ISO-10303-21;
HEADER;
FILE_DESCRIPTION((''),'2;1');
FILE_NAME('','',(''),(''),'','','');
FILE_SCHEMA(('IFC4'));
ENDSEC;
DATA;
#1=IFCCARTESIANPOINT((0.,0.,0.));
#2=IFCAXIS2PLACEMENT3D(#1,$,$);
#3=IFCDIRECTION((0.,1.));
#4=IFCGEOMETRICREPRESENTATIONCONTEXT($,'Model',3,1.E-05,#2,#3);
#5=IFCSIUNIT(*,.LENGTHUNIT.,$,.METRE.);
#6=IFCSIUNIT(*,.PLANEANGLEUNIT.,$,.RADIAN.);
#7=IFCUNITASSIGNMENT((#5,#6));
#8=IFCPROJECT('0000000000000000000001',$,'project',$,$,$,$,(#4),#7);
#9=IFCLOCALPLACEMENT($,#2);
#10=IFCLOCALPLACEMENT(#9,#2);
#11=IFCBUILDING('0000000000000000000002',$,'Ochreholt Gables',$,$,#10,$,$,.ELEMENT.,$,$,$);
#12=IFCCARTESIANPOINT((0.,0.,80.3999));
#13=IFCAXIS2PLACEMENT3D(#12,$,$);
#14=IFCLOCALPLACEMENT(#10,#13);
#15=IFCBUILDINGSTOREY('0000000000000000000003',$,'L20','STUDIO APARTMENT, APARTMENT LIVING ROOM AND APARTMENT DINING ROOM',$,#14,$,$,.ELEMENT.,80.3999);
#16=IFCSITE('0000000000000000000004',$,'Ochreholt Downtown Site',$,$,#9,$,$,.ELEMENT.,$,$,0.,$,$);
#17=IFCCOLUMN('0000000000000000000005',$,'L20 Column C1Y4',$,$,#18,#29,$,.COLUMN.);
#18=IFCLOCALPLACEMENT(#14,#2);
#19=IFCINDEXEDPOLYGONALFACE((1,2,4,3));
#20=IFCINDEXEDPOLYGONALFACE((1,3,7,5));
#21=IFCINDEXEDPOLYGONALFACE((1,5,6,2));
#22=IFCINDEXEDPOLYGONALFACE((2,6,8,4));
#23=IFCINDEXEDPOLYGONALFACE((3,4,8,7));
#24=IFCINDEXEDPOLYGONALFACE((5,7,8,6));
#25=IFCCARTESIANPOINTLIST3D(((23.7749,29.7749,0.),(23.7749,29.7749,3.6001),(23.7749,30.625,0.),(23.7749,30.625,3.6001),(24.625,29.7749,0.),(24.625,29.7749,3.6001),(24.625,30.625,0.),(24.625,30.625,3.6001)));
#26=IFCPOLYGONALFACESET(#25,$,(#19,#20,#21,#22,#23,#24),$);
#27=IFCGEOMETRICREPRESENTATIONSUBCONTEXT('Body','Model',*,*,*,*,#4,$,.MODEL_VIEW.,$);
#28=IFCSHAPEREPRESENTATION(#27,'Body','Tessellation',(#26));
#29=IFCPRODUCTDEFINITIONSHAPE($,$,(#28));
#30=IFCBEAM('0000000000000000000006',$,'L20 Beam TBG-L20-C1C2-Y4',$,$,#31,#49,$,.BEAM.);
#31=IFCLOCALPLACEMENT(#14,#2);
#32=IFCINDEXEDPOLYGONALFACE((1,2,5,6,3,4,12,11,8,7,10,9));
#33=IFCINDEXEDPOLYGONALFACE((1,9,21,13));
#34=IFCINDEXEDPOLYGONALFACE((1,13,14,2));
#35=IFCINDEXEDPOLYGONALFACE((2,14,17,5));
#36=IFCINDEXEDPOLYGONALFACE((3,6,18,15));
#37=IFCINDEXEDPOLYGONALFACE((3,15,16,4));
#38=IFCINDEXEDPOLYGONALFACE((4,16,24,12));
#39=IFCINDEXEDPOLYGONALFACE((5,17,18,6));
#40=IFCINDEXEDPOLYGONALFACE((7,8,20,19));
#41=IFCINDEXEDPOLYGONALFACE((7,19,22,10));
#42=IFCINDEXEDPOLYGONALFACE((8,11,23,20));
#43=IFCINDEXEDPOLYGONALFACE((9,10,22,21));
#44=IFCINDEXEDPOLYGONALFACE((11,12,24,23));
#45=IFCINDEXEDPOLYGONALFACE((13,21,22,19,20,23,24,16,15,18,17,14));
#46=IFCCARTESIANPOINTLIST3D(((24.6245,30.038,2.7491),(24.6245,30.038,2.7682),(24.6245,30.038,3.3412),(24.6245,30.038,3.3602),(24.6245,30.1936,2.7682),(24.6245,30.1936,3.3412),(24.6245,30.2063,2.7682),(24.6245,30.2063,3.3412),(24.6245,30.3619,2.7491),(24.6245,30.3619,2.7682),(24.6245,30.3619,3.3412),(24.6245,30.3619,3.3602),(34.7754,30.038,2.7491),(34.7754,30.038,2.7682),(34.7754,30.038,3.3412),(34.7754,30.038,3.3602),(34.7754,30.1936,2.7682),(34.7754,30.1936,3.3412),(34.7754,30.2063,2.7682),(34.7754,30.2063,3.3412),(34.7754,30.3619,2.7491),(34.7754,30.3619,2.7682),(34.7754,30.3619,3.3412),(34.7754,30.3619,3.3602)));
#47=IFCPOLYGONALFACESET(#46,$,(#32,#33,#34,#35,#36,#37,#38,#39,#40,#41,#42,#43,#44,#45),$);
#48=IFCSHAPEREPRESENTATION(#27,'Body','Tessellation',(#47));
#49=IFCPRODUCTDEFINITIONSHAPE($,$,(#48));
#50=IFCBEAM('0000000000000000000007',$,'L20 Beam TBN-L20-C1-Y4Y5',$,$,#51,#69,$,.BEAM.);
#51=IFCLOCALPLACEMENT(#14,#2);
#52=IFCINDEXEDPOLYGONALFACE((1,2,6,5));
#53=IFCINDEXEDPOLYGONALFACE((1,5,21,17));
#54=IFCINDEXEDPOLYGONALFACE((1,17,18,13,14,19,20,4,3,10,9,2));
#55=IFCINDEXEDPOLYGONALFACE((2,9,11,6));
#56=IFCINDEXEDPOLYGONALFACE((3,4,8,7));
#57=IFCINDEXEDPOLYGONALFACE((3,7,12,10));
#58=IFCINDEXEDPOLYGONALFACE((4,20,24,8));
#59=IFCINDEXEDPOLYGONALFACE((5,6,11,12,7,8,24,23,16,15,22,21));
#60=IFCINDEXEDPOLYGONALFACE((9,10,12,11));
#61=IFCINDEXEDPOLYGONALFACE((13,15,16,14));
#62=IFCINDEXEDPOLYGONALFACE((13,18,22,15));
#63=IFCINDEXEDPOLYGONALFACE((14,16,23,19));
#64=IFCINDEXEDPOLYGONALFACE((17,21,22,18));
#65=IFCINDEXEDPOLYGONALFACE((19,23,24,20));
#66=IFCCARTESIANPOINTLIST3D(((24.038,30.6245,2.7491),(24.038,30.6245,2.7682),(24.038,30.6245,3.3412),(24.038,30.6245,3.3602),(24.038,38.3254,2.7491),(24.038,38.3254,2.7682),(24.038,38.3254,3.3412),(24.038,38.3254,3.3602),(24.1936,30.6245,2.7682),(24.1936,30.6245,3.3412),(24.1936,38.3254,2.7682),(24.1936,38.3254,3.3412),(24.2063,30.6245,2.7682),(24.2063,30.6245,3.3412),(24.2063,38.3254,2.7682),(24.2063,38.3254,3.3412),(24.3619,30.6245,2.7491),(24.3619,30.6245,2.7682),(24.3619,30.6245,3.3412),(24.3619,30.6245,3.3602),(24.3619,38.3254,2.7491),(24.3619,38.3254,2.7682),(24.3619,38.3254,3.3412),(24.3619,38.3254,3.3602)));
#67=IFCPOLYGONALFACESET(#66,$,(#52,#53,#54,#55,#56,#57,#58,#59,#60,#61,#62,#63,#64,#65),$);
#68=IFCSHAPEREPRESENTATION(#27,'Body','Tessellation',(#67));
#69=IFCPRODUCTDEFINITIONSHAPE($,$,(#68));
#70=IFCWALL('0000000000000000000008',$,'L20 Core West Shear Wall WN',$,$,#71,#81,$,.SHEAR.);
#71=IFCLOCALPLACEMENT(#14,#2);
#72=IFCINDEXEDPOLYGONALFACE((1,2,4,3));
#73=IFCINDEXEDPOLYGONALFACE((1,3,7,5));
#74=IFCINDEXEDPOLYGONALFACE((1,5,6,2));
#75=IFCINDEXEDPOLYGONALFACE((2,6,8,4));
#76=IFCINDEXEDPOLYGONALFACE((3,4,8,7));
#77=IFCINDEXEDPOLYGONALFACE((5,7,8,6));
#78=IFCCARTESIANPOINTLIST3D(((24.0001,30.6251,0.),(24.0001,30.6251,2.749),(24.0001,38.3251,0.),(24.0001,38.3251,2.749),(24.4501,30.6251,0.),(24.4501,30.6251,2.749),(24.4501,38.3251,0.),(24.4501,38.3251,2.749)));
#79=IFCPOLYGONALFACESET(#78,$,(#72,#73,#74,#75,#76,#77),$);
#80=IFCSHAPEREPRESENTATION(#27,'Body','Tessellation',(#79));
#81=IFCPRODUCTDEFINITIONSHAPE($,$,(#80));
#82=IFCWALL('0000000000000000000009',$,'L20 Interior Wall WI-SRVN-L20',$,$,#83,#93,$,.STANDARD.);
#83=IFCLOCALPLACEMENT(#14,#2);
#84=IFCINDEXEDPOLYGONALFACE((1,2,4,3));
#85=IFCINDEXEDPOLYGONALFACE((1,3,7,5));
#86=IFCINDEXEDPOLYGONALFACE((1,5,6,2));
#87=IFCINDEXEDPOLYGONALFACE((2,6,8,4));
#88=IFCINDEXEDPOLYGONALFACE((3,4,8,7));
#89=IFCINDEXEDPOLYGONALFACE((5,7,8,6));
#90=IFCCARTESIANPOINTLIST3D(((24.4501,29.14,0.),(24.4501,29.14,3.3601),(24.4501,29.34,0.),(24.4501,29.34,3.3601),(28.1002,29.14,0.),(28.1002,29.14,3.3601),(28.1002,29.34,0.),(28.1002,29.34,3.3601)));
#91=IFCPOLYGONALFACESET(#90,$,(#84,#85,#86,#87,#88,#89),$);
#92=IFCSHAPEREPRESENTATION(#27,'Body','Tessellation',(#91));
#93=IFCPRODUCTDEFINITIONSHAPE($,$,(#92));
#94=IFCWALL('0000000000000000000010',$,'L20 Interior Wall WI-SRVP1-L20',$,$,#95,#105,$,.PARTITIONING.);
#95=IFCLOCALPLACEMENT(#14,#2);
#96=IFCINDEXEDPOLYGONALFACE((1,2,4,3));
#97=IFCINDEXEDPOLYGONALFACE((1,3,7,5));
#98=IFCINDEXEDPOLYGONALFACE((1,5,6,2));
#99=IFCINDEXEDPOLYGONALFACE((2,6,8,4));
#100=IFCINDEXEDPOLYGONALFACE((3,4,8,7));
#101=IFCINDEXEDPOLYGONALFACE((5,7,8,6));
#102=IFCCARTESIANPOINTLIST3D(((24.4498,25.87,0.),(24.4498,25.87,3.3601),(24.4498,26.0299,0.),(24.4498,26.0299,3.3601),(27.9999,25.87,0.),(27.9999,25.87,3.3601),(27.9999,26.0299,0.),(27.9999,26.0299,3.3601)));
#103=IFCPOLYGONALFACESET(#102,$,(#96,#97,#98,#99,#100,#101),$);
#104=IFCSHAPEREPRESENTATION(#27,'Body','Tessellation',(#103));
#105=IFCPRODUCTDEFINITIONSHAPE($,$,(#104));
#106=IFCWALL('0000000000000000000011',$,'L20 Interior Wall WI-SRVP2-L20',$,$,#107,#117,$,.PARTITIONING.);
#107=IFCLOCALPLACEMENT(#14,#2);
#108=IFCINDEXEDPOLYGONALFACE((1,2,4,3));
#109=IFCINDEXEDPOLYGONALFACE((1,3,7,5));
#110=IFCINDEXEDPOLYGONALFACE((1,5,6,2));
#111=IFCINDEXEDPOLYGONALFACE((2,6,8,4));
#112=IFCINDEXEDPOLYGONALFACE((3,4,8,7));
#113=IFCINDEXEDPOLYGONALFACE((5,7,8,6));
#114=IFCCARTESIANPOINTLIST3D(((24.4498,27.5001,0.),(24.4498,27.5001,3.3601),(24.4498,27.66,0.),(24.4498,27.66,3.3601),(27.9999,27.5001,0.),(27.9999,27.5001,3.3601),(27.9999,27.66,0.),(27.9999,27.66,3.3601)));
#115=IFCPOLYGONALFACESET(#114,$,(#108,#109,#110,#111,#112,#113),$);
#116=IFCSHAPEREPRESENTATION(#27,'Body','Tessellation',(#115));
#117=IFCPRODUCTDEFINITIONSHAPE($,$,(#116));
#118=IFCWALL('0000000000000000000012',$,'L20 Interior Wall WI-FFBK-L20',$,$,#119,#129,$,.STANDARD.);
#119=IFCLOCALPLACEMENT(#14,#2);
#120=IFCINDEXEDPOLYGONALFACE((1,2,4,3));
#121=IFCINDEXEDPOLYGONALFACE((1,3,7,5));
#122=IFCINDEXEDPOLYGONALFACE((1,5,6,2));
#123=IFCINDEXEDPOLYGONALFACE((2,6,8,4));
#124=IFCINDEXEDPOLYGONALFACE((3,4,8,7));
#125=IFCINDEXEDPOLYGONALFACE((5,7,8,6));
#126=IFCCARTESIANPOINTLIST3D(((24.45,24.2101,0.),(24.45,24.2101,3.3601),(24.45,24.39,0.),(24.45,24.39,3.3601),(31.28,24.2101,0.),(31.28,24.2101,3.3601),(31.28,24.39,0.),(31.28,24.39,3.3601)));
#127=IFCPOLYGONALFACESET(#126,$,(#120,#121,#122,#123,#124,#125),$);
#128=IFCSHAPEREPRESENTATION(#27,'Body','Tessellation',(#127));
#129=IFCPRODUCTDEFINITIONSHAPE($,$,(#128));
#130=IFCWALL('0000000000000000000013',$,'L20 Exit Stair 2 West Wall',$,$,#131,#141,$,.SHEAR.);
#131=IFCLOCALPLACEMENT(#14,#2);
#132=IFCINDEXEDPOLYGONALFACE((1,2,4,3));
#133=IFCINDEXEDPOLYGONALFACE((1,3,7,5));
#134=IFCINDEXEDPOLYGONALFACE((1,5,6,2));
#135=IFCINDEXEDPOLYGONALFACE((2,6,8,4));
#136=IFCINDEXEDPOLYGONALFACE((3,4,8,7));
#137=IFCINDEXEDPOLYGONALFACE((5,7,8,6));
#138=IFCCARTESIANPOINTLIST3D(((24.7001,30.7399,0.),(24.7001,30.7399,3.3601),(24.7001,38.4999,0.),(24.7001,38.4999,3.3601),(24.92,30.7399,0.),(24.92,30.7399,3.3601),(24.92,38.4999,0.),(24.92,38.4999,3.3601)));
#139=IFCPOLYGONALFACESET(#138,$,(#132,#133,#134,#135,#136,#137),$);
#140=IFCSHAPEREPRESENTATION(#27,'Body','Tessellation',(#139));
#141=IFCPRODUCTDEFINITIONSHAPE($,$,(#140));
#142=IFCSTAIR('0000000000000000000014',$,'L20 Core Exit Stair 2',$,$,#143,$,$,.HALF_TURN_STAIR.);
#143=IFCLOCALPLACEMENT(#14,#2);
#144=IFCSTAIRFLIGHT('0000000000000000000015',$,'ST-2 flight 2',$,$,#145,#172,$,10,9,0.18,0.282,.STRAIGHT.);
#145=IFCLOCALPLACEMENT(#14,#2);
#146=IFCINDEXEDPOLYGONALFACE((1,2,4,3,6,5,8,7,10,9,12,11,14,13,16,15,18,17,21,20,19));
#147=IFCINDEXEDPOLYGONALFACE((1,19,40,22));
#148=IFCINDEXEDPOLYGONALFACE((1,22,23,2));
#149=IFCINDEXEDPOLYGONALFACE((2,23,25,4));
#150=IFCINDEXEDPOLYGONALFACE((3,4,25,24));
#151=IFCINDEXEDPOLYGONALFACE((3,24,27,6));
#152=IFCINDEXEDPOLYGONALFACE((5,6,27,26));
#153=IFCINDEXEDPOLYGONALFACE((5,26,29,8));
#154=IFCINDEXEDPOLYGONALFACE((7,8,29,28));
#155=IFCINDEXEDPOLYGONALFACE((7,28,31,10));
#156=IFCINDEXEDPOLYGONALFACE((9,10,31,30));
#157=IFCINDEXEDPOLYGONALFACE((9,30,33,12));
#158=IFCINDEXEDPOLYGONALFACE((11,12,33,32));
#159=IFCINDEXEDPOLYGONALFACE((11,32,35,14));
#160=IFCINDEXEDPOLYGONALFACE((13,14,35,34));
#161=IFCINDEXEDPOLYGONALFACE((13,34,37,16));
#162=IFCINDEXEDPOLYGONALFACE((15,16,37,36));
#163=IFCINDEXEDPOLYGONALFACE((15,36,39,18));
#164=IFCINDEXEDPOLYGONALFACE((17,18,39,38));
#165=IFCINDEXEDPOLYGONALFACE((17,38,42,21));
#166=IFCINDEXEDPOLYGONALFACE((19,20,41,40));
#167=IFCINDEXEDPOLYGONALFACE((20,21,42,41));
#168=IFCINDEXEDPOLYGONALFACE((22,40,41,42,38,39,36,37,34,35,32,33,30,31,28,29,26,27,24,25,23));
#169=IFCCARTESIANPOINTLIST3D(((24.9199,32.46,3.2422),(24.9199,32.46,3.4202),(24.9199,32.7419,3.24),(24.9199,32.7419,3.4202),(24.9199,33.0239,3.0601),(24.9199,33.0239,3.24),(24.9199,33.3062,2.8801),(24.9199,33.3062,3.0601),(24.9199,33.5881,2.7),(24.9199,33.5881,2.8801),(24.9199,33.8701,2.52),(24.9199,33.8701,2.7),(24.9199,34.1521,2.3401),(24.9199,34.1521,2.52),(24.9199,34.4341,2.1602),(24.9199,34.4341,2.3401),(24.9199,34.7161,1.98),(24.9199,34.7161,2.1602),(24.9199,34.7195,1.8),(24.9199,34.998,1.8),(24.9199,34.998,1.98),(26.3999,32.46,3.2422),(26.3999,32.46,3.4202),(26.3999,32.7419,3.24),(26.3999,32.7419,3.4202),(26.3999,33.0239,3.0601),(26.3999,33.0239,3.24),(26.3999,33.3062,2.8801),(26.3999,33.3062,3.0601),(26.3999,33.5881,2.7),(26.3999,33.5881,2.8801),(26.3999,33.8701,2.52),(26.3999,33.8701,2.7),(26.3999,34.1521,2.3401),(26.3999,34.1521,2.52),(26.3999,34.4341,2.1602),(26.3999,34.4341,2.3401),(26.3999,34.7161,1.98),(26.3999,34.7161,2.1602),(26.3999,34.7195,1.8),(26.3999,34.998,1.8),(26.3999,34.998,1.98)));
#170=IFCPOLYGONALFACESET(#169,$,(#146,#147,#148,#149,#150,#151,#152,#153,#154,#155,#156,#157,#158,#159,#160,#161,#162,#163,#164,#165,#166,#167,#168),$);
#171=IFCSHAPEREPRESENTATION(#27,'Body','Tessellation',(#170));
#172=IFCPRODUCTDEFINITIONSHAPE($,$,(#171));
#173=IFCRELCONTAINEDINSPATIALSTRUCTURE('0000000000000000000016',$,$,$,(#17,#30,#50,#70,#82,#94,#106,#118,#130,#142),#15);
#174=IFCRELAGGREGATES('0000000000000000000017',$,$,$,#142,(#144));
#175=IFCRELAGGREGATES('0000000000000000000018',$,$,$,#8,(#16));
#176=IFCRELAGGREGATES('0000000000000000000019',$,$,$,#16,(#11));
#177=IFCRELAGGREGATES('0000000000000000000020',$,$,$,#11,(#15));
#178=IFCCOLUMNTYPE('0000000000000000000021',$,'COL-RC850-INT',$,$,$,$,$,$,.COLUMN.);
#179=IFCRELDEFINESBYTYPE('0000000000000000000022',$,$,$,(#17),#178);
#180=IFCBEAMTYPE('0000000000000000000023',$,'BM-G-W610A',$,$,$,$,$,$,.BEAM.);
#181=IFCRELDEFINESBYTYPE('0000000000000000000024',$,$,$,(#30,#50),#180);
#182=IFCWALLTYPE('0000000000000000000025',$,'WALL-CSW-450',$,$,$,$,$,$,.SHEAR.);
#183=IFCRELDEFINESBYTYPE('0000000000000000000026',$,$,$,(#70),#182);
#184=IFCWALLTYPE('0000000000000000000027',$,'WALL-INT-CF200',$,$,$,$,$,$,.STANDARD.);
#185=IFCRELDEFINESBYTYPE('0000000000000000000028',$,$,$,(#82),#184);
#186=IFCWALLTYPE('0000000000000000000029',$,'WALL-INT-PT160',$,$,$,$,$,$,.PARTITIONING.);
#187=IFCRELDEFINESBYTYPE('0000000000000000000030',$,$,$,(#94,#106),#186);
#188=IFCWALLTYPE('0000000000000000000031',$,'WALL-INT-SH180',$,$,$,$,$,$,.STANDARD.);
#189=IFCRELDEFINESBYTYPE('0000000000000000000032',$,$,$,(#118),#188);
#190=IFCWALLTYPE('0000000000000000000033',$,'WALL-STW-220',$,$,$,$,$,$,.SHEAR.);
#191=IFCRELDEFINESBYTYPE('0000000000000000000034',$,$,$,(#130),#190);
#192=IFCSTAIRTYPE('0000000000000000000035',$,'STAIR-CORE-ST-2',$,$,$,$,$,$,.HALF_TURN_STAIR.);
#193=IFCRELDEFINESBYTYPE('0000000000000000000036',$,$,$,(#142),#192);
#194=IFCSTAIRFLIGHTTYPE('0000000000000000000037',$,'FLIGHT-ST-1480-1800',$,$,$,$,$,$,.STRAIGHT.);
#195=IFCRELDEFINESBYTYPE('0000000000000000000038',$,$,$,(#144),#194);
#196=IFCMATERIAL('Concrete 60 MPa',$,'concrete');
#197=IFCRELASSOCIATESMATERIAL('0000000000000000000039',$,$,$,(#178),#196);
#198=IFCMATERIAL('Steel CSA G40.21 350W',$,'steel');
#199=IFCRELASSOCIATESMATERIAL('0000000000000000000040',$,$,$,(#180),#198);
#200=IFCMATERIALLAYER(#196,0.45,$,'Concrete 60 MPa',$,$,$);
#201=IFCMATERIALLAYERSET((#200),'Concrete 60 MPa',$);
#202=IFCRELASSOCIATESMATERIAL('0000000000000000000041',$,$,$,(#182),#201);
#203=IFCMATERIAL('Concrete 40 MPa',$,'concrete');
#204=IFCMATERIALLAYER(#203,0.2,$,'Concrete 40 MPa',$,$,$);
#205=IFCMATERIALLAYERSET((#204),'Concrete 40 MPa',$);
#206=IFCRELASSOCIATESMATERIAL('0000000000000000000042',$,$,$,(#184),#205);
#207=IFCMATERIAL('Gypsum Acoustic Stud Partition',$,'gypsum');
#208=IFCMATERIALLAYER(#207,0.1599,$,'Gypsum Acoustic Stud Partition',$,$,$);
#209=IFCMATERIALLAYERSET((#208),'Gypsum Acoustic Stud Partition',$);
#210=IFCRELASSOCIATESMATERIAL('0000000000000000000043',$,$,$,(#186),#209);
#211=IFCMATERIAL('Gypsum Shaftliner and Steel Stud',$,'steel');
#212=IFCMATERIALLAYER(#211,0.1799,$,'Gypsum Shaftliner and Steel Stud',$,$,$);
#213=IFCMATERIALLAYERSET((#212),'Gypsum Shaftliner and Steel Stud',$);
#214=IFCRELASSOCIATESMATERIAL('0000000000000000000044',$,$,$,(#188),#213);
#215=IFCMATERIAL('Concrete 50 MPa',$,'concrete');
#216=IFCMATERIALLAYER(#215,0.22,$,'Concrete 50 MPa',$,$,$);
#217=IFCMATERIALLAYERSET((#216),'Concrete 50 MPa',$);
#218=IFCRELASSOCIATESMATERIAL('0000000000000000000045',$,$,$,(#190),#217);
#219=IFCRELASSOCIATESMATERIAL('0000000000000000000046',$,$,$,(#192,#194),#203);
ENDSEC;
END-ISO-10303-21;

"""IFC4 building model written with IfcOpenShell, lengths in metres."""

from ifc_helpers import new_model, si_unit, direction, frame, frame_2d, origin, origin_2d, place, context, subcontext, project, spatial, polyline, rectangle, i_section, outline, extrude, material, layer, layer_set, material_profile, profile_set, type_object, element, aggregate, save


model = new_model("IFC4")

# Units and contexts
model_context = context("Model", 3, precision=1e-05, world=origin(), true_north=direction((0.0, 1.0)))
body_context = subcontext(model_context, "Body", "Model", "MODEL_VIEW")
ifc_project = project(units=[si_unit("LENGTHUNIT", "METRE"), si_unit("PLANEANGLEUNIT", "RADIAN")], contexts=[model_context])

# Site, building, storey
site_placement = place(None, origin())
site = spatial("IfcSite", under=ifc_project, at=site_placement, Name="Ochreholt Downtown Site", CompositionType="ELEMENT", RefElevation=0.0)
building_placement = place(site_placement, origin())
building = spatial("IfcBuilding", under=site, at=building_placement, Name="Ochreholt Gables", CompositionType="ELEMENT")
storey_placement = place(building_placement, frame((0.0, 0.0, 80.3999)))
storey = spatial("IfcBuildingStorey", under=building, at=storey_placement, Name="L20", Description="STUDIO APARTMENT, APARTMENT LIVING ROOM AND APARTMENT DINING ROOM", CompositionType="ELEMENT", Elevation=80.3999)

# Column
ifc_material_1 = material(Name="Concrete 60 MPa", Category="concrete")
ifc_material_profile_1 = material_profile(ifc_material_1, rectangle(XDim=0.8501, YDim=0.8501, at=origin_2d()), Name="RC850X850")
ifc_profile_set_1 = profile_set([ifc_material_profile_1], Name="Concrete 60 MPa")
column_type = type_object("IfcColumnType", Name="COL-RC850-INT", PredefinedType="COLUMN", material=ifc_profile_set_1)
column_placement = place(storey_placement, frame((24.2, 30.2, 0.0), z_axis=(0.0, 0.0, 1.0), x_axis=(1.0, 0.0, 0.0)))
element("IfcColumn", 1, at=column_placement, inside=storey, type_object=column_type, Name="L20 Column C1Y4", PredefinedType="COLUMN", context=body_context, shape_type="SweptSolid", body=[
    extrude(rectangle(XDim=0.8501, YDim=0.8501, at=origin_2d()), origin(), (0.0, 0.0, 1.0), 3.6001),
])

# Beams
ifc_material_2 = material(Name="Steel CSA G40.21 350W", Category="steel")
ifc_material_profile_2 = material_profile(ifc_material_2, i_section(OverallWidth=0.324, OverallDepth=0.6111, WebThickness=0.0127, FlangeThickness=0.019, at=origin_2d()), Name="W610X155")
ifc_profile_set_2 = profile_set([ifc_material_profile_2], Name="Steel CSA G40.21 350W")
beam_type = type_object("IfcBeamType", Name="BM-G-W610A", PredefinedType="BEAM", material=ifc_profile_set_2)
beam_1_placement = place(storey_placement, frame((24.6245, 30.2, 3.0547), z_axis=(1.0, 0.0, 0.0), x_axis=(0.0, 1.0, 0.0)))
element("IfcBeam", 2, at=beam_1_placement, inside=storey, type_object=beam_type, Name="L20 Beam TBG-L20-C1C2-Y4", PredefinedType="BEAM", context=body_context, shape_type="SweptSolid", body=[
    extrude(i_section(OverallWidth=0.324, OverallDepth=0.6111, WebThickness=0.0127, FlangeThickness=0.019, at=origin_2d()), origin(), (0.0, 0.0, 1.0), 10.1509),
])
beam_2_placement = place(storey_placement, frame((24.2, 30.6245, 3.0547), z_axis=(0.0, 1.0, 0.0), x_axis=(-1.0, 0.0, 0.0)))
element("IfcBeam", 3, at=beam_2_placement, inside=storey, type_object=beam_type, Name="L20 Beam TBN-L20-C1-Y4Y5", PredefinedType="BEAM", context=body_context, shape_type="SweptSolid", body=[
    extrude(i_section(OverallWidth=0.324, OverallDepth=0.6111, WebThickness=0.0127, FlangeThickness=0.019, at=origin_2d()), origin(), (0.0, 0.0, 1.0), 7.7009),
])

# Walls
ifc_layer_1 = layer(ifc_material_1, 0.45, Name="Concrete 60 MPa")
ifc_layer_set_1 = layer_set([ifc_layer_1], Name="Concrete 60 MPa")
wall_type_1 = type_object("IfcWallType", Name="WALL-CSW-450", PredefinedType="SHEAR", material=ifc_layer_set_1)
wall_1_placement = place(storey_placement, frame((24.2251, 30.625, 0.0), z_axis=(0.0, 0.0, 1.0), x_axis=(0.0, 1.0, 0.0)))
element("IfcWall", 4, at=wall_1_placement, inside=storey, type_object=wall_type_1, Name="L20 Core West Shear Wall WN", PredefinedType="SHEAR", context=body_context, shape_type="SweptSolid", body=[
    extrude(rectangle(XDim=7.7, YDim=0.45, at=frame_2d((3.8501, 0.0))), origin(), (0.0, 0.0, 1.0), 2.749),
])
ifc_material_3 = material(Name="Concrete 40 MPa", Category="concrete")
ifc_layer_2 = layer(ifc_material_3, 0.2, Name="Concrete 40 MPa")
ifc_layer_set_2 = layer_set([ifc_layer_2], Name="Concrete 40 MPa")
wall_type_2 = type_object("IfcWallType", Name="WALL-INT-CF200", PredefinedType="STANDARD", material=ifc_layer_set_2)
wall_2_placement = place(storey_placement, frame((24.45, 29.24, 0.0), z_axis=(0.0, 0.0, 1.0), x_axis=(1.0, 0.0, 0.0)))
element("IfcWall", 5, at=wall_2_placement, inside=storey, type_object=wall_type_2, Name="L20 Interior Wall WI-SRVN-L20", PredefinedType="STANDARD", context=body_context, shape_type="SweptSolid", body=[
    extrude(rectangle(XDim=3.6501, YDim=0.2, at=frame_2d((1.8252, 0.0))), origin(), (0.0, 0.0, 1.0), 3.3601),
])
ifc_material_4 = material(Name="Gypsum Acoustic Stud Partition", Category="gypsum")
ifc_layer_3 = layer(ifc_material_4, 0.1599, Name="Gypsum Acoustic Stud Partition")
ifc_layer_set_3 = layer_set([ifc_layer_3], Name="Gypsum Acoustic Stud Partition")
wall_type_3 = type_object("IfcWallType", Name="WALL-INT-PT160", PredefinedType="PARTITIONING", material=ifc_layer_set_3)
for number, where, z_axis, x_axis, name in (
    (6, (24.45, 25.95, 0.0), (0.0, 0.0, 1.0), (1.0, 0.0, 0.0), "L20 Interior Wall WI-SRVP1-L20"),
    (7, (24.45, 27.5801, 0.0), (0.0, 0.0, 1.0), (1.0, 0.0, 0.0), "L20 Interior Wall WI-SRVP2-L20"),
):
    element("IfcWall", number, at=place(storey_placement, frame(where, z_axis=z_axis, x_axis=x_axis)), inside=storey, type_object=wall_type_3, Name=name, PredefinedType="PARTITIONING", context=body_context, shape_type="SweptSolid", body=[
        extrude(rectangle(XDim=3.55, YDim=0.1599, at=frame_2d((1.7749, 0.0))), origin(), (0.0, 0.0, 1.0), 3.3601),
    ])
ifc_material_5 = material(Name="Gypsum Shaftliner and Steel Stud", Category="steel")
ifc_layer_4 = layer(ifc_material_5, 0.1799, Name="Gypsum Shaftliner and Steel Stud")
ifc_layer_set_4 = layer_set([ifc_layer_4], Name="Gypsum Shaftliner and Steel Stud")
wall_type_4 = type_object("IfcWallType", Name="WALL-INT-SH180", PredefinedType="STANDARD", material=ifc_layer_set_4)
wall_3_placement = place(storey_placement, frame((24.45, 24.3, 0.0), z_axis=(0.0, 0.0, 1.0), x_axis=(1.0, 0.0, 0.0)))
element("IfcWall", 8, at=wall_3_placement, inside=storey, type_object=wall_type_4, Name="L20 Interior Wall WI-FFBK-L20", PredefinedType="STANDARD", context=body_context, shape_type="SweptSolid", body=[
    extrude(rectangle(XDim=6.8301, YDim=0.1799, at=frame_2d((3.415, 0.0))), origin(), (0.0, 0.0, 1.0), 3.3601),
])
ifc_material_6 = material(Name="Concrete 50 MPa", Category="concrete")
ifc_layer_5 = layer(ifc_material_6, 0.22, Name="Concrete 50 MPa")
ifc_layer_set_5 = layer_set([ifc_layer_5], Name="Concrete 50 MPa")
wall_type_5 = type_object("IfcWallType", Name="WALL-STW-220", PredefinedType="SHEAR", material=ifc_layer_set_5)
wall_4_placement = place(storey_placement, frame((24.8101, 30.74, 0.0), z_axis=(0.0, 0.0, 1.0), x_axis=(0.0, 1.0, 0.0)))
element("IfcWall", 9, at=wall_4_placement, inside=storey, type_object=wall_type_5, Name="L20 Exit Stair 2 West Wall", PredefinedType="SHEAR", context=body_context, shape_type="SweptSolid", body=[
    extrude(rectangle(XDim=7.76, YDim=0.22, at=frame_2d((3.8799, 0.0))), origin(), (0.0, 0.0, 1.0), 3.3601),
])

# Stair, stair flight
stair_type = type_object("IfcStairType", Name="STAIR-CORE-ST-2", PredefinedType="HALF_TURN_STAIR", material=ifc_material_3)
stair_placement = place(storey_placement, origin())
stair = element("IfcStair", 10, at=stair_placement, inside=storey, type_object=stair_type, Name="L20 Core Exit Stair 2", PredefinedType="HALF_TURN_STAIR")
stair_flight_type = type_object("IfcStairFlightType", Name="FLIGHT-ST-1480-1800", PredefinedType="STRAIGHT", material=ifc_material_3)
stair_flight_placement = place(storey_placement, frame((25.6599, 34.998, 1.8), z_axis=(0.0, 0.0, 1.0), x_axis=(0.0, -1.0, 0.0)))
stair_flight = element("IfcStairFlight", 11, at=stair_flight_placement, type_object=stair_flight_type, Name="ST-2 flight 2", NumberOfRisers=10, NumberOfTreads=9, PredefinedType="STRAIGHT", RiserHeight=0.18, TreadLength=0.282, context=body_context, shape_type="SweptSolid", body=[
    extrude(outline(polyline([(0.0, 0.0), (0.0, 0.1799), (0.282, 0.1799), (0.282, 0.3601), (0.564, 0.3601), (0.564, 0.54), (0.8459, 0.54), (0.8459, 0.72), (1.1279, 0.72), (1.1279, 0.8999), (1.4099, 0.8999), (1.4099, 1.0801), (1.6919, 1.0801), (1.6919, 1.26), (1.9741, 1.26), (1.9741, 1.4399), (2.2561, 1.4399), (2.2561, 1.6201), (2.5381, 1.6201), (2.5381, 1.8), (2.5381, 1.4421), (0.2786, 0.0), (0.0, 0.0)])), frame((0.0, 0.74, 0.0), z_axis=(0.0, -1.0, 0.0), x_axis=(1.0, 0.0, 0.0)), (0.0, 0.0, 1.0), 1.48),
])
aggregate(stair, [stair_flight])

save(model, "model.ifc")
